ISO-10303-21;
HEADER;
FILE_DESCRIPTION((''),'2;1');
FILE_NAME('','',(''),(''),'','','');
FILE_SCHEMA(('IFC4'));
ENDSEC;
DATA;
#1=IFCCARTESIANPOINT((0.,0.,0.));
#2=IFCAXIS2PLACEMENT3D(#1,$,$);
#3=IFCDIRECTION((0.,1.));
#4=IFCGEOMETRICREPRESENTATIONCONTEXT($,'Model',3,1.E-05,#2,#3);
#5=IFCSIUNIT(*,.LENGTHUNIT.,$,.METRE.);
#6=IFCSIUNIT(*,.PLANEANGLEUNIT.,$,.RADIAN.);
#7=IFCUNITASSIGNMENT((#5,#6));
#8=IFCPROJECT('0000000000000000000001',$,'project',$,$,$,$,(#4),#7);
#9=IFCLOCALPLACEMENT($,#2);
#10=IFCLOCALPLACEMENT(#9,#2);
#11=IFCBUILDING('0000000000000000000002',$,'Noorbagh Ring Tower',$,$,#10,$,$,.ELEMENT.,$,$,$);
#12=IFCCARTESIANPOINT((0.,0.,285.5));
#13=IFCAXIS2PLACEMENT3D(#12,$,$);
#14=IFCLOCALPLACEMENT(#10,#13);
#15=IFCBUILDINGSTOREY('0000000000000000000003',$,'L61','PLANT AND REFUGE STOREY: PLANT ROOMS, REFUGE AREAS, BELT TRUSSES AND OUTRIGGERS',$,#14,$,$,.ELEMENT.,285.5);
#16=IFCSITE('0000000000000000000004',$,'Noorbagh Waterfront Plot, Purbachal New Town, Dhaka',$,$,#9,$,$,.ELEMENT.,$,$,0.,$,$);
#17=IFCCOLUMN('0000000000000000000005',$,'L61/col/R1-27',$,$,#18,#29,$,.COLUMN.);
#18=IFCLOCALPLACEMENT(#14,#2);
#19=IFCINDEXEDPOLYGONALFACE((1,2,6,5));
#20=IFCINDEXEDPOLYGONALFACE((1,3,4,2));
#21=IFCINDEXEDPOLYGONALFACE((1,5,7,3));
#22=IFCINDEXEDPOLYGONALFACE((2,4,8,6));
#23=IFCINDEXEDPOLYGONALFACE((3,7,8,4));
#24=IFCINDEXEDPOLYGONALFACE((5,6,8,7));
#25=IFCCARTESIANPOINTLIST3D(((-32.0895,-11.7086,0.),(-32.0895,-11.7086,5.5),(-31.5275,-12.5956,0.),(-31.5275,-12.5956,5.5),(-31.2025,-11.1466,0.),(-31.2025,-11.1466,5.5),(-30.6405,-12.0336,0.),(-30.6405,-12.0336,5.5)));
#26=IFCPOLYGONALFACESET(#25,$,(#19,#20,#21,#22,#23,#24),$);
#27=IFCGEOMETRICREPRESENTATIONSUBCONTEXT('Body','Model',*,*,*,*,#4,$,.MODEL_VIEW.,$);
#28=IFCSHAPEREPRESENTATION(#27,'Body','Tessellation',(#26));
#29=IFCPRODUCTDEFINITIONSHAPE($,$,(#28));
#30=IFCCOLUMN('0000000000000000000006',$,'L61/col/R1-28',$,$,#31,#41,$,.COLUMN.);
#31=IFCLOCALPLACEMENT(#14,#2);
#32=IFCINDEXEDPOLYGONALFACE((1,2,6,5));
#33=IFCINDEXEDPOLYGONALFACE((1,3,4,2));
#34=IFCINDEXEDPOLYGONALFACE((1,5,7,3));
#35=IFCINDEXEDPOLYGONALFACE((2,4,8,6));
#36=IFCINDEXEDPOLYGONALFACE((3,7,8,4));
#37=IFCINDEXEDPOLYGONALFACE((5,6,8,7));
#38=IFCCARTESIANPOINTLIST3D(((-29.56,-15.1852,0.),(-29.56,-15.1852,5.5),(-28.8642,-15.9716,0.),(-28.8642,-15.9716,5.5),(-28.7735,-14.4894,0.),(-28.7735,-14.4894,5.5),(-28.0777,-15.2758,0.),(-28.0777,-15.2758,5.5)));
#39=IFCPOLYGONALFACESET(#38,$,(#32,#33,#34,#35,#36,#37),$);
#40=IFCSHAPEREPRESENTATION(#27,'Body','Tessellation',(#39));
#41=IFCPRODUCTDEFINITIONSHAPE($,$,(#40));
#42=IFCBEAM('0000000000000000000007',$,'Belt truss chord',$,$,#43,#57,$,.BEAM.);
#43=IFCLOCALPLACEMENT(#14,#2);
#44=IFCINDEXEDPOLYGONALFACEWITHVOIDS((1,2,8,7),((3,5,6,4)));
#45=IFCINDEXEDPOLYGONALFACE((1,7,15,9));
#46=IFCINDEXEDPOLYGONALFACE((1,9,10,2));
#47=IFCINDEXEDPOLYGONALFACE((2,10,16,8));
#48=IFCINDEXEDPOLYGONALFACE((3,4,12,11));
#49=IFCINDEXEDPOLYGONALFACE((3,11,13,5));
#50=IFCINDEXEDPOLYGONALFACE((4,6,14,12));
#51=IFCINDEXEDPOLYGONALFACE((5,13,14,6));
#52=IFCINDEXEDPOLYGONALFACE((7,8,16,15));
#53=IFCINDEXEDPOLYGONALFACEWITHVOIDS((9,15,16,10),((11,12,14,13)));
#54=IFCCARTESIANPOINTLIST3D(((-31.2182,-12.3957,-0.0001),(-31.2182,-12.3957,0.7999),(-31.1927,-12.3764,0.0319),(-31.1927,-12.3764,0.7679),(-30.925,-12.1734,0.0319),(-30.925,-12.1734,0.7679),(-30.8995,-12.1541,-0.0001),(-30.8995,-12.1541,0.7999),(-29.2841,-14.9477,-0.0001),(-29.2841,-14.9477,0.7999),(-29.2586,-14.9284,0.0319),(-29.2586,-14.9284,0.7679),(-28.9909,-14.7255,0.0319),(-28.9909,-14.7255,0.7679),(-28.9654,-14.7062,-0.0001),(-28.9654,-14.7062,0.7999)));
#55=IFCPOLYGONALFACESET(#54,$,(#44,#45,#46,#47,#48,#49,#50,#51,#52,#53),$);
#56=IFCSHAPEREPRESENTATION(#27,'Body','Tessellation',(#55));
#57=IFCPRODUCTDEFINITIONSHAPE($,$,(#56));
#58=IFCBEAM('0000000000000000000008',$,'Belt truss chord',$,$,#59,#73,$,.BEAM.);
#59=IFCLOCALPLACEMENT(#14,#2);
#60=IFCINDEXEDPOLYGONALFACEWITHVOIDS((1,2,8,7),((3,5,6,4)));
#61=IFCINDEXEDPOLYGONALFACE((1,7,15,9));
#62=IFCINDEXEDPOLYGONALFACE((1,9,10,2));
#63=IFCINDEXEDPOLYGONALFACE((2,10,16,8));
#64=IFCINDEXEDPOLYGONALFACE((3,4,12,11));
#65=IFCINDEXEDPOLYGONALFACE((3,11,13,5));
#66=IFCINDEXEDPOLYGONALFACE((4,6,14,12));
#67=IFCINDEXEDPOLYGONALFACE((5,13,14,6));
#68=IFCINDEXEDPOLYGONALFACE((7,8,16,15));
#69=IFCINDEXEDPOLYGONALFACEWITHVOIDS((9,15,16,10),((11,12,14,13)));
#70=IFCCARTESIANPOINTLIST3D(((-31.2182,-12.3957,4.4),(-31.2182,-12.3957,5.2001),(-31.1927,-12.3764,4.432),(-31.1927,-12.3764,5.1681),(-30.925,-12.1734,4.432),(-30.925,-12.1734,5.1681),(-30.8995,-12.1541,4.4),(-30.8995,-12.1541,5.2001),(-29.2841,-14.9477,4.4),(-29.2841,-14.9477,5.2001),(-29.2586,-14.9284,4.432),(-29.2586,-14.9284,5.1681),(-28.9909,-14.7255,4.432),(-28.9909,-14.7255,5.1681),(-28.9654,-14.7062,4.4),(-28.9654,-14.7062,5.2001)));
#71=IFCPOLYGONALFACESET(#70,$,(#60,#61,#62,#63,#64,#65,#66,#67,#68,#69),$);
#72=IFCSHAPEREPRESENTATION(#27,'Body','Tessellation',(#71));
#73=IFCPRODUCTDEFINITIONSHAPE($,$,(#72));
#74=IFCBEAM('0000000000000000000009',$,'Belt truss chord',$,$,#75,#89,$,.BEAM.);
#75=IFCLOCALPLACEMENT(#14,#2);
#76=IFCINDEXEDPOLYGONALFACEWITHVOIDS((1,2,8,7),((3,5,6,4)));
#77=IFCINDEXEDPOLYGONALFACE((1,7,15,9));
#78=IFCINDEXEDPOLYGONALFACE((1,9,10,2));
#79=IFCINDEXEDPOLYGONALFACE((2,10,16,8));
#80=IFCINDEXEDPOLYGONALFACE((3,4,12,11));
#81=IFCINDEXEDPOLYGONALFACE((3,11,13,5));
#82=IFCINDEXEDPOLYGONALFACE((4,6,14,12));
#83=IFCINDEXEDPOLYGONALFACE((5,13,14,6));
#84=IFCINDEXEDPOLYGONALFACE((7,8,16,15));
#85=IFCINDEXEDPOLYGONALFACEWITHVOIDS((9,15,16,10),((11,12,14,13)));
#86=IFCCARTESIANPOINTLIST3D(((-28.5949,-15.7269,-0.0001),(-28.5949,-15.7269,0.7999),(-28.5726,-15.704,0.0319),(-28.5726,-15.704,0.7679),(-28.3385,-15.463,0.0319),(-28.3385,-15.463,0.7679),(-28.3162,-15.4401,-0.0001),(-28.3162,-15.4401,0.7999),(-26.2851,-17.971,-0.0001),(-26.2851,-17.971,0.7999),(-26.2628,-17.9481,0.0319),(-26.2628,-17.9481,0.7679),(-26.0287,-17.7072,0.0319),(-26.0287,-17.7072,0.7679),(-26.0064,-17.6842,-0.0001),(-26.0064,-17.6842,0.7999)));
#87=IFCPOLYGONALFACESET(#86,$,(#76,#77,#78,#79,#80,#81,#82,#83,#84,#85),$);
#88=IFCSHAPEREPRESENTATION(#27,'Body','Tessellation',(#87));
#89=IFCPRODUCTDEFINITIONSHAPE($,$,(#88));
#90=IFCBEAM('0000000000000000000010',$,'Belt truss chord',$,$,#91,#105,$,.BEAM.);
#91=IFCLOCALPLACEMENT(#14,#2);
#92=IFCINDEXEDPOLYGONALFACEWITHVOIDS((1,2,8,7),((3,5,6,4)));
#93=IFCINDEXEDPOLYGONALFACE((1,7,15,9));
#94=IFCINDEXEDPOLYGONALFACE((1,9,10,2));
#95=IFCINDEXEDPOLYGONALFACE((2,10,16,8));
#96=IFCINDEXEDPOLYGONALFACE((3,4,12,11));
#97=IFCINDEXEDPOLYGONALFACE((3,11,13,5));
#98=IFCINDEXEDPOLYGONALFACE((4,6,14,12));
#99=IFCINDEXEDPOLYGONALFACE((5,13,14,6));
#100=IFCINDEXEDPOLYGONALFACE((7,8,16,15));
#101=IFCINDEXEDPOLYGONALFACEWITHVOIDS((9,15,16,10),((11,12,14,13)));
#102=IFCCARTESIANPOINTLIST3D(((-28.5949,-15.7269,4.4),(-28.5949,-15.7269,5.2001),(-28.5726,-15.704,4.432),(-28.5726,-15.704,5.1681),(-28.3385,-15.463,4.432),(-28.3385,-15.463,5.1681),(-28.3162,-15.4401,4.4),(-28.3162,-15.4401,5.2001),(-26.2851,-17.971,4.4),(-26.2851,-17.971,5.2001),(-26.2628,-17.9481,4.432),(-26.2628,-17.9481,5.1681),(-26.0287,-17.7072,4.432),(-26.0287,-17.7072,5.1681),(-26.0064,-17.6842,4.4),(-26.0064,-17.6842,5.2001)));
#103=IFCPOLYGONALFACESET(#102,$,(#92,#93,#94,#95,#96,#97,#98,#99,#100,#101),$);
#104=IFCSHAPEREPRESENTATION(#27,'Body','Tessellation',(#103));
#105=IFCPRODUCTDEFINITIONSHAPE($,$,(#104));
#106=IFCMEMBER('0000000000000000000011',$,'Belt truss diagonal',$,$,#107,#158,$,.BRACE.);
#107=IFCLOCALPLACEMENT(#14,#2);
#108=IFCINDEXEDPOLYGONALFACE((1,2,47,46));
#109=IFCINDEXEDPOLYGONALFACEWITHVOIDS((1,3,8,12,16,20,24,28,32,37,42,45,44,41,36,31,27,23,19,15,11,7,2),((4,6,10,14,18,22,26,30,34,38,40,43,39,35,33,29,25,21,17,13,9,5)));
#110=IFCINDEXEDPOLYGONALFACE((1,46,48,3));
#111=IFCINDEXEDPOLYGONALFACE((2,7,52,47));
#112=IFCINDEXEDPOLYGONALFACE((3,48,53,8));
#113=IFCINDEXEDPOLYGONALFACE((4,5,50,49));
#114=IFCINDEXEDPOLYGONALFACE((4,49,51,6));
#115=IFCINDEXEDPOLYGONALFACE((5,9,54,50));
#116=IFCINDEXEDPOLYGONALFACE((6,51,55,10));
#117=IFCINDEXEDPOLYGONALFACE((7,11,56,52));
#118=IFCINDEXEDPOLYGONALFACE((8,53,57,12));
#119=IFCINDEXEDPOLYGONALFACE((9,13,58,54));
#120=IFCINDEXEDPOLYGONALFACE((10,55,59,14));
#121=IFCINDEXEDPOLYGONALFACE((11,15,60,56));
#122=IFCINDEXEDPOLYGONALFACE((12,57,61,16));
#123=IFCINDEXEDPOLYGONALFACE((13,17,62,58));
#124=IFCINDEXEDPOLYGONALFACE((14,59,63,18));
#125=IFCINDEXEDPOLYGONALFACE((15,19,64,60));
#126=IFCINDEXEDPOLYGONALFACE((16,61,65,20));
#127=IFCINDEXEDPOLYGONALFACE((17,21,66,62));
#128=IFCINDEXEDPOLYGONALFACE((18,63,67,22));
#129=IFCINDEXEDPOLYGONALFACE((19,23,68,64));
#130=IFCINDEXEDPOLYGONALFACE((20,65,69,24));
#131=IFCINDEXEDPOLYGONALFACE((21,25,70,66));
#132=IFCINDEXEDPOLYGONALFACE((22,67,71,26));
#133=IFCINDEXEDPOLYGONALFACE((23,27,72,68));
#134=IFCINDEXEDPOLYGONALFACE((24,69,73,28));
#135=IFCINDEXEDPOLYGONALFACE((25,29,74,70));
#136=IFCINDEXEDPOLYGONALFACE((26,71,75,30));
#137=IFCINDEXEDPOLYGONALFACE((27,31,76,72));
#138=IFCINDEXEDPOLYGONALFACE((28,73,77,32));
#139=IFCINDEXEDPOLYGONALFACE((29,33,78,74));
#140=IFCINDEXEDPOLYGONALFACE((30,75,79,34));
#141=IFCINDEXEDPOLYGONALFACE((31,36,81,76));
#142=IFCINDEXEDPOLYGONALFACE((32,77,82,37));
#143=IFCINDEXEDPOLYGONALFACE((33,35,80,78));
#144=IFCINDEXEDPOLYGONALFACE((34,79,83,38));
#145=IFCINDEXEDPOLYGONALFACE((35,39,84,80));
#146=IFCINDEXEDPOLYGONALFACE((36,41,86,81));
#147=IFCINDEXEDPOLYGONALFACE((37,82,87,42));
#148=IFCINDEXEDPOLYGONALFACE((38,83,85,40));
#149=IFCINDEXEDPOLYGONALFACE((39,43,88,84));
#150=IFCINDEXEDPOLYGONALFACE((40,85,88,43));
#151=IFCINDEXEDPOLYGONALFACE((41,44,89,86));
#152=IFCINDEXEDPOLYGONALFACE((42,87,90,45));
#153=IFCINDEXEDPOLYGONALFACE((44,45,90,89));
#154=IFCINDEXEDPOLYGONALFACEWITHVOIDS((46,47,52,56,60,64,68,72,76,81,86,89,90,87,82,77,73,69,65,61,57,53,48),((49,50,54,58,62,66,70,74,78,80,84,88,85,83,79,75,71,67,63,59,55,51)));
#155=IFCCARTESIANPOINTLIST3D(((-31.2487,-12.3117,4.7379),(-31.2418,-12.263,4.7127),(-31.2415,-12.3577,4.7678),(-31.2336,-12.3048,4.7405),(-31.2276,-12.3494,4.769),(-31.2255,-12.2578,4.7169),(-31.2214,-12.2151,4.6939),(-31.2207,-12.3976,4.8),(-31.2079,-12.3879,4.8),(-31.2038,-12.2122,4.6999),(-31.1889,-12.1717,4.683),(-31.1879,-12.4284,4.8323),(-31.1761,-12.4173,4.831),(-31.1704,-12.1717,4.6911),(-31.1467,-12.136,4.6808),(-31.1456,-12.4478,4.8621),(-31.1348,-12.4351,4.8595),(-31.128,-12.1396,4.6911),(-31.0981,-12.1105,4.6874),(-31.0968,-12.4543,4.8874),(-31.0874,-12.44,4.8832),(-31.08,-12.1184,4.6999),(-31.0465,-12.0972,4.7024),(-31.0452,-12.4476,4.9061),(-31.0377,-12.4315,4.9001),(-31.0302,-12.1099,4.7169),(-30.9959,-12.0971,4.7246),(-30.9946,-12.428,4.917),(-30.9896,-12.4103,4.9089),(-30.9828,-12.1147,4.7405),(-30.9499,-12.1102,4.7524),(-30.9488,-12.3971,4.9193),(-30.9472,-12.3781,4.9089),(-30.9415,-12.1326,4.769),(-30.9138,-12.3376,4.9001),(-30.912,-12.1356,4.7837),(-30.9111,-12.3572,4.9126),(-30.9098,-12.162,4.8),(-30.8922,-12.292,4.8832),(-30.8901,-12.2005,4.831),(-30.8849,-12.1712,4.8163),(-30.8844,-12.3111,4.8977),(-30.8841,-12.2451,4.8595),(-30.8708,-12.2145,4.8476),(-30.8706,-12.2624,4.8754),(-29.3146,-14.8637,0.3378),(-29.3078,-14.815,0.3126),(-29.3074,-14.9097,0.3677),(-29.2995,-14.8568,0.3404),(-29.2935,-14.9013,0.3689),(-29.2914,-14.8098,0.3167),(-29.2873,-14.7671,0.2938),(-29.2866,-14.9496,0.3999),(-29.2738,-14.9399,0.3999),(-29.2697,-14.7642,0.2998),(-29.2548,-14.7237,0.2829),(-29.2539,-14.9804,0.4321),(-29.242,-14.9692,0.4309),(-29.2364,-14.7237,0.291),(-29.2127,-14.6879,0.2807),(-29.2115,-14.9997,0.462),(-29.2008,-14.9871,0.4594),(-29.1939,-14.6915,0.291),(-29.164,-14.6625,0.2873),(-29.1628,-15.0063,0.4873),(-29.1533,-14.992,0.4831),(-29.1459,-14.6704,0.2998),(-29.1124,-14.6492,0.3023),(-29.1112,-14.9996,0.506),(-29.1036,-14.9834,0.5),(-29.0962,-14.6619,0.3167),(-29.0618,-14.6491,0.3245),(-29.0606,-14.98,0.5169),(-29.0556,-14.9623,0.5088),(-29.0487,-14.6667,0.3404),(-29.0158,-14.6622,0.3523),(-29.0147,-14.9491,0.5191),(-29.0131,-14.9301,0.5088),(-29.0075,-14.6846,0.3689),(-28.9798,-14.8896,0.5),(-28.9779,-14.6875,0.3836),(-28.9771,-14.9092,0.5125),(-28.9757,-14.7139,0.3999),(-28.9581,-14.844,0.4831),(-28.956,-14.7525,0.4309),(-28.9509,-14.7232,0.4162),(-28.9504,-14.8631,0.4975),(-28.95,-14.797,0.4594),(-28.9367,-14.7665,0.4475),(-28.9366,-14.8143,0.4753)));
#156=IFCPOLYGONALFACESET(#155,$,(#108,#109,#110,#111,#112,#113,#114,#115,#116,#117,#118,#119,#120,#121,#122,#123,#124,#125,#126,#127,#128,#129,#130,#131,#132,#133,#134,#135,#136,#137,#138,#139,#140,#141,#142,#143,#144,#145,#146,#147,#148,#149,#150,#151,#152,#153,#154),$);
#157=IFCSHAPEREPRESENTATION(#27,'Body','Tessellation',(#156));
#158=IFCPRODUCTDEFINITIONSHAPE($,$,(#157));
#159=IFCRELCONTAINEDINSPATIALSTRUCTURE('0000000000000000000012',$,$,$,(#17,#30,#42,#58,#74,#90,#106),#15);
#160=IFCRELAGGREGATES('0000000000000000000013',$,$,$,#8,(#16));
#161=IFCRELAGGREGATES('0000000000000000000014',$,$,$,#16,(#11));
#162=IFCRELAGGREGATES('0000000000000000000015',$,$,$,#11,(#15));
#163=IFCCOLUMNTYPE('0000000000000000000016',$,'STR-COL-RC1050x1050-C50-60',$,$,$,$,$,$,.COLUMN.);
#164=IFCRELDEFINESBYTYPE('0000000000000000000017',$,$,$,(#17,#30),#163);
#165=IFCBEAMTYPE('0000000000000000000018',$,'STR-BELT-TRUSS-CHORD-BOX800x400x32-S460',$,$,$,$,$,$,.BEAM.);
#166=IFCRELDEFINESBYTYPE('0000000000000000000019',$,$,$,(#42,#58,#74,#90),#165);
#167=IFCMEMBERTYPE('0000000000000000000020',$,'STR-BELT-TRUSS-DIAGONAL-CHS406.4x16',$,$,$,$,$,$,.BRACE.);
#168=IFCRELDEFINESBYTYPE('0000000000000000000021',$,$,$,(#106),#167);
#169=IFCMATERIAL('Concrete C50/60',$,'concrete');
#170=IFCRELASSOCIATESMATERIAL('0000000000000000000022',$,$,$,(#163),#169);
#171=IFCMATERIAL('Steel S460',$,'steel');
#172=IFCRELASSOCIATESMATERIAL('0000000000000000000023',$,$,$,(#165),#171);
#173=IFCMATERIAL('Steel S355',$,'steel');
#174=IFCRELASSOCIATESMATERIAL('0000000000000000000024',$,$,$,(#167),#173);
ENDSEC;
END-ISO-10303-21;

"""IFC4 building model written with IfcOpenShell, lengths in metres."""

from ifc_helpers import new_model, si_unit, direction, frame, origin, origin_2d, place, context, subcontext, project, spatial, rectangle, hollow_rectangle, hollow_circle, extrude, material, material_profile, profile_set, type_object, element, save


model = new_model("IFC4")

# Units and contexts
model_context = context("Model", 3, precision=1e-05, world=origin(), true_north=direction((0.0, 1.0)))
body_context = subcontext(model_context, "Body", "Model", "MODEL_VIEW")
ifc_project = project(units=[si_unit("LENGTHUNIT", "METRE"), si_unit("PLANEANGLEUNIT", "RADIAN")], contexts=[model_context])

# Site, building, storey
site_placement = place(None, origin())
site = spatial("IfcSite", under=ifc_project, at=site_placement, Name="Noorbagh Waterfront Plot, Purbachal New Town, Dhaka", CompositionType="ELEMENT", RefElevation=0.0)
building_placement = place(site_placement, origin())
building = spatial("IfcBuilding", under=site, at=building_placement, Name="Noorbagh Ring Tower", CompositionType="ELEMENT")
storey_placement = place(building_placement, frame((0.0, 0.0, 285.5)))
storey = spatial("IfcBuildingStorey", under=building, at=storey_placement, Name="L61", Description="PLANT AND REFUGE STOREY: PLANT ROOMS, REFUGE AREAS, BELT TRUSSES AND OUTRIGGERS", CompositionType="ELEMENT", Elevation=285.5)

# Columns
ifc_material_1 = material(Name="Concrete C50/60", Category="concrete")
ifc_material_profile_1 = material_profile(ifc_material_1, rectangle(XDim=1.05, YDim=1.05, at=origin_2d()), Name="RC1050x1050")
ifc_profile_set_1 = profile_set([ifc_material_profile_1], Name="Concrete C50/60")
column_type = type_object("IfcColumnType", Name="STR-COL-RC1050x1050-C50-60", PredefinedType="COLUMN", material=ifc_profile_set_1)
for number, where, z_axis, x_axis, name in (
    (1, (-31.365, -11.8711, 0.0), (0.0, 0.0, 1.0), (0.53519, -0.844731, 0.0), "L61/col/R1-27"),
    (2, (-28.8188, -15.2305, 0.0), (0.0, 0.0, 1.0), (0.662636, -0.748942, 0.0), "L61/col/R1-28"),
):
    element("IfcColumn", number, at=place(storey_placement, frame(where, z_axis=z_axis, x_axis=x_axis)), inside=storey, type_object=column_type, Name=name, PredefinedType="COLUMN", context=body_context, shape_type="SweptSolid", body=[
        extrude(rectangle(XDim=1.05, YDim=1.05, at=origin_2d()), origin(), (0.0, 0.0, 1.0), 5.5),
    ])

# Beams
ifc_material_2 = material(Name="Steel S460", Category="steel")
ifc_material_profile_2 = material_profile(ifc_material_2, hollow_rectangle(XDim=0.3999, YDim=0.8, WallThickness=0.032, at=origin_2d()), Name="BOX800x400x32")
ifc_profile_set_2 = profile_set([ifc_material_profile_2], Name="Steel S460")
beam_type_1 = type_object("IfcBeamType", Name="STR-BELT-TRUSS-CHORD-BOX800x400x32-S460", PredefinedType="BEAM", material=ifc_profile_set_2)
for number, where, z_axis, x_axis, name in (
    (3, (-31.0588, -12.2749, 0.3999), (0.604006, -0.79698, 0.0), (0.79698, 0.604006, 0.0), "Belt truss chord"),
    (4, (-31.0588, -12.2749, 4.8), (0.604006, -0.79698, 0.0), (0.79698, 0.604006, 0.0), "Belt truss chord"),
):
    element("IfcBeam", number, at=place(storey_placement, frame(where, z_axis=z_axis, x_axis=x_axis)), inside=storey, type_object=beam_type_1, Name=name, PredefinedType="BEAM", context=body_context, shape_type="SweptSolid", body=[
        extrude(hollow_rectangle(XDim=0.3999, YDim=0.8, WallThickness=0.032, at=origin_2d()), origin(), (0.0, 0.0, 1.0), 3.2021),
    ])
for number, where, z_axis, x_axis, name in (
    (5, (-28.4556, -15.5835, 0.3999), (0.71723, -0.696837, 0.0), (0.696837, 0.71723, 0.0), "Belt truss chord"),
    (6, (-28.4556, -15.5835, 4.8), (0.71723, -0.696837, 0.0), (0.696837, 0.71723, 0.0), "Belt truss chord"),
):
    element("IfcBeam", number, at=place(storey_placement, frame(where, z_axis=z_axis, x_axis=x_axis)), inside=storey, type_object=beam_type_1, Name=name, PredefinedType="BEAM", context=body_context, shape_type="SweptSolid", body=[
        extrude(hollow_rectangle(XDim=0.3999, YDim=0.8, WallThickness=0.032, at=origin_2d()), origin(), (0.0, 0.0, 1.0), 3.2205),
    ])

# Member
ifc_material_3 = material(Name="Steel S355", Category="steel")
ifc_material_profile_3 = material_profile(ifc_material_3, hollow_circle(Radius=0.2031, WallThickness=0.0161, at=origin_2d()), Name="CHS406.4x16")
ifc_profile_set_3 = profile_set([ifc_material_profile_3], Name="Steel S355")
member_type_1 = type_object("IfcMemberType", Name="STR-BELT-TRUSS-DIAGONAL-CHS406.4x16", PredefinedType="BRACE", material=ifc_profile_set_3)
member_1_placement = place(storey_placement, frame((-29.1248, -14.8269, 0.3999), z_axis=(-0.355403, 0.468951, 0.808563), x_axis=(-0.79698, -0.604006, 0.0)))
element("IfcMember", 7, at=member_1_placement, inside=storey, type_object=member_type_1, Name="Belt truss diagonal", PredefinedType="BRACE", context=body_context, shape_type="SweptSolid", body=[
    extrude(hollow_circle(Radius=0.2031, WallThickness=0.0161, at=origin_2d()), origin(), (0.0, 0.0, 1.0), 5.4419),
])

save(model, "model.ifc")
